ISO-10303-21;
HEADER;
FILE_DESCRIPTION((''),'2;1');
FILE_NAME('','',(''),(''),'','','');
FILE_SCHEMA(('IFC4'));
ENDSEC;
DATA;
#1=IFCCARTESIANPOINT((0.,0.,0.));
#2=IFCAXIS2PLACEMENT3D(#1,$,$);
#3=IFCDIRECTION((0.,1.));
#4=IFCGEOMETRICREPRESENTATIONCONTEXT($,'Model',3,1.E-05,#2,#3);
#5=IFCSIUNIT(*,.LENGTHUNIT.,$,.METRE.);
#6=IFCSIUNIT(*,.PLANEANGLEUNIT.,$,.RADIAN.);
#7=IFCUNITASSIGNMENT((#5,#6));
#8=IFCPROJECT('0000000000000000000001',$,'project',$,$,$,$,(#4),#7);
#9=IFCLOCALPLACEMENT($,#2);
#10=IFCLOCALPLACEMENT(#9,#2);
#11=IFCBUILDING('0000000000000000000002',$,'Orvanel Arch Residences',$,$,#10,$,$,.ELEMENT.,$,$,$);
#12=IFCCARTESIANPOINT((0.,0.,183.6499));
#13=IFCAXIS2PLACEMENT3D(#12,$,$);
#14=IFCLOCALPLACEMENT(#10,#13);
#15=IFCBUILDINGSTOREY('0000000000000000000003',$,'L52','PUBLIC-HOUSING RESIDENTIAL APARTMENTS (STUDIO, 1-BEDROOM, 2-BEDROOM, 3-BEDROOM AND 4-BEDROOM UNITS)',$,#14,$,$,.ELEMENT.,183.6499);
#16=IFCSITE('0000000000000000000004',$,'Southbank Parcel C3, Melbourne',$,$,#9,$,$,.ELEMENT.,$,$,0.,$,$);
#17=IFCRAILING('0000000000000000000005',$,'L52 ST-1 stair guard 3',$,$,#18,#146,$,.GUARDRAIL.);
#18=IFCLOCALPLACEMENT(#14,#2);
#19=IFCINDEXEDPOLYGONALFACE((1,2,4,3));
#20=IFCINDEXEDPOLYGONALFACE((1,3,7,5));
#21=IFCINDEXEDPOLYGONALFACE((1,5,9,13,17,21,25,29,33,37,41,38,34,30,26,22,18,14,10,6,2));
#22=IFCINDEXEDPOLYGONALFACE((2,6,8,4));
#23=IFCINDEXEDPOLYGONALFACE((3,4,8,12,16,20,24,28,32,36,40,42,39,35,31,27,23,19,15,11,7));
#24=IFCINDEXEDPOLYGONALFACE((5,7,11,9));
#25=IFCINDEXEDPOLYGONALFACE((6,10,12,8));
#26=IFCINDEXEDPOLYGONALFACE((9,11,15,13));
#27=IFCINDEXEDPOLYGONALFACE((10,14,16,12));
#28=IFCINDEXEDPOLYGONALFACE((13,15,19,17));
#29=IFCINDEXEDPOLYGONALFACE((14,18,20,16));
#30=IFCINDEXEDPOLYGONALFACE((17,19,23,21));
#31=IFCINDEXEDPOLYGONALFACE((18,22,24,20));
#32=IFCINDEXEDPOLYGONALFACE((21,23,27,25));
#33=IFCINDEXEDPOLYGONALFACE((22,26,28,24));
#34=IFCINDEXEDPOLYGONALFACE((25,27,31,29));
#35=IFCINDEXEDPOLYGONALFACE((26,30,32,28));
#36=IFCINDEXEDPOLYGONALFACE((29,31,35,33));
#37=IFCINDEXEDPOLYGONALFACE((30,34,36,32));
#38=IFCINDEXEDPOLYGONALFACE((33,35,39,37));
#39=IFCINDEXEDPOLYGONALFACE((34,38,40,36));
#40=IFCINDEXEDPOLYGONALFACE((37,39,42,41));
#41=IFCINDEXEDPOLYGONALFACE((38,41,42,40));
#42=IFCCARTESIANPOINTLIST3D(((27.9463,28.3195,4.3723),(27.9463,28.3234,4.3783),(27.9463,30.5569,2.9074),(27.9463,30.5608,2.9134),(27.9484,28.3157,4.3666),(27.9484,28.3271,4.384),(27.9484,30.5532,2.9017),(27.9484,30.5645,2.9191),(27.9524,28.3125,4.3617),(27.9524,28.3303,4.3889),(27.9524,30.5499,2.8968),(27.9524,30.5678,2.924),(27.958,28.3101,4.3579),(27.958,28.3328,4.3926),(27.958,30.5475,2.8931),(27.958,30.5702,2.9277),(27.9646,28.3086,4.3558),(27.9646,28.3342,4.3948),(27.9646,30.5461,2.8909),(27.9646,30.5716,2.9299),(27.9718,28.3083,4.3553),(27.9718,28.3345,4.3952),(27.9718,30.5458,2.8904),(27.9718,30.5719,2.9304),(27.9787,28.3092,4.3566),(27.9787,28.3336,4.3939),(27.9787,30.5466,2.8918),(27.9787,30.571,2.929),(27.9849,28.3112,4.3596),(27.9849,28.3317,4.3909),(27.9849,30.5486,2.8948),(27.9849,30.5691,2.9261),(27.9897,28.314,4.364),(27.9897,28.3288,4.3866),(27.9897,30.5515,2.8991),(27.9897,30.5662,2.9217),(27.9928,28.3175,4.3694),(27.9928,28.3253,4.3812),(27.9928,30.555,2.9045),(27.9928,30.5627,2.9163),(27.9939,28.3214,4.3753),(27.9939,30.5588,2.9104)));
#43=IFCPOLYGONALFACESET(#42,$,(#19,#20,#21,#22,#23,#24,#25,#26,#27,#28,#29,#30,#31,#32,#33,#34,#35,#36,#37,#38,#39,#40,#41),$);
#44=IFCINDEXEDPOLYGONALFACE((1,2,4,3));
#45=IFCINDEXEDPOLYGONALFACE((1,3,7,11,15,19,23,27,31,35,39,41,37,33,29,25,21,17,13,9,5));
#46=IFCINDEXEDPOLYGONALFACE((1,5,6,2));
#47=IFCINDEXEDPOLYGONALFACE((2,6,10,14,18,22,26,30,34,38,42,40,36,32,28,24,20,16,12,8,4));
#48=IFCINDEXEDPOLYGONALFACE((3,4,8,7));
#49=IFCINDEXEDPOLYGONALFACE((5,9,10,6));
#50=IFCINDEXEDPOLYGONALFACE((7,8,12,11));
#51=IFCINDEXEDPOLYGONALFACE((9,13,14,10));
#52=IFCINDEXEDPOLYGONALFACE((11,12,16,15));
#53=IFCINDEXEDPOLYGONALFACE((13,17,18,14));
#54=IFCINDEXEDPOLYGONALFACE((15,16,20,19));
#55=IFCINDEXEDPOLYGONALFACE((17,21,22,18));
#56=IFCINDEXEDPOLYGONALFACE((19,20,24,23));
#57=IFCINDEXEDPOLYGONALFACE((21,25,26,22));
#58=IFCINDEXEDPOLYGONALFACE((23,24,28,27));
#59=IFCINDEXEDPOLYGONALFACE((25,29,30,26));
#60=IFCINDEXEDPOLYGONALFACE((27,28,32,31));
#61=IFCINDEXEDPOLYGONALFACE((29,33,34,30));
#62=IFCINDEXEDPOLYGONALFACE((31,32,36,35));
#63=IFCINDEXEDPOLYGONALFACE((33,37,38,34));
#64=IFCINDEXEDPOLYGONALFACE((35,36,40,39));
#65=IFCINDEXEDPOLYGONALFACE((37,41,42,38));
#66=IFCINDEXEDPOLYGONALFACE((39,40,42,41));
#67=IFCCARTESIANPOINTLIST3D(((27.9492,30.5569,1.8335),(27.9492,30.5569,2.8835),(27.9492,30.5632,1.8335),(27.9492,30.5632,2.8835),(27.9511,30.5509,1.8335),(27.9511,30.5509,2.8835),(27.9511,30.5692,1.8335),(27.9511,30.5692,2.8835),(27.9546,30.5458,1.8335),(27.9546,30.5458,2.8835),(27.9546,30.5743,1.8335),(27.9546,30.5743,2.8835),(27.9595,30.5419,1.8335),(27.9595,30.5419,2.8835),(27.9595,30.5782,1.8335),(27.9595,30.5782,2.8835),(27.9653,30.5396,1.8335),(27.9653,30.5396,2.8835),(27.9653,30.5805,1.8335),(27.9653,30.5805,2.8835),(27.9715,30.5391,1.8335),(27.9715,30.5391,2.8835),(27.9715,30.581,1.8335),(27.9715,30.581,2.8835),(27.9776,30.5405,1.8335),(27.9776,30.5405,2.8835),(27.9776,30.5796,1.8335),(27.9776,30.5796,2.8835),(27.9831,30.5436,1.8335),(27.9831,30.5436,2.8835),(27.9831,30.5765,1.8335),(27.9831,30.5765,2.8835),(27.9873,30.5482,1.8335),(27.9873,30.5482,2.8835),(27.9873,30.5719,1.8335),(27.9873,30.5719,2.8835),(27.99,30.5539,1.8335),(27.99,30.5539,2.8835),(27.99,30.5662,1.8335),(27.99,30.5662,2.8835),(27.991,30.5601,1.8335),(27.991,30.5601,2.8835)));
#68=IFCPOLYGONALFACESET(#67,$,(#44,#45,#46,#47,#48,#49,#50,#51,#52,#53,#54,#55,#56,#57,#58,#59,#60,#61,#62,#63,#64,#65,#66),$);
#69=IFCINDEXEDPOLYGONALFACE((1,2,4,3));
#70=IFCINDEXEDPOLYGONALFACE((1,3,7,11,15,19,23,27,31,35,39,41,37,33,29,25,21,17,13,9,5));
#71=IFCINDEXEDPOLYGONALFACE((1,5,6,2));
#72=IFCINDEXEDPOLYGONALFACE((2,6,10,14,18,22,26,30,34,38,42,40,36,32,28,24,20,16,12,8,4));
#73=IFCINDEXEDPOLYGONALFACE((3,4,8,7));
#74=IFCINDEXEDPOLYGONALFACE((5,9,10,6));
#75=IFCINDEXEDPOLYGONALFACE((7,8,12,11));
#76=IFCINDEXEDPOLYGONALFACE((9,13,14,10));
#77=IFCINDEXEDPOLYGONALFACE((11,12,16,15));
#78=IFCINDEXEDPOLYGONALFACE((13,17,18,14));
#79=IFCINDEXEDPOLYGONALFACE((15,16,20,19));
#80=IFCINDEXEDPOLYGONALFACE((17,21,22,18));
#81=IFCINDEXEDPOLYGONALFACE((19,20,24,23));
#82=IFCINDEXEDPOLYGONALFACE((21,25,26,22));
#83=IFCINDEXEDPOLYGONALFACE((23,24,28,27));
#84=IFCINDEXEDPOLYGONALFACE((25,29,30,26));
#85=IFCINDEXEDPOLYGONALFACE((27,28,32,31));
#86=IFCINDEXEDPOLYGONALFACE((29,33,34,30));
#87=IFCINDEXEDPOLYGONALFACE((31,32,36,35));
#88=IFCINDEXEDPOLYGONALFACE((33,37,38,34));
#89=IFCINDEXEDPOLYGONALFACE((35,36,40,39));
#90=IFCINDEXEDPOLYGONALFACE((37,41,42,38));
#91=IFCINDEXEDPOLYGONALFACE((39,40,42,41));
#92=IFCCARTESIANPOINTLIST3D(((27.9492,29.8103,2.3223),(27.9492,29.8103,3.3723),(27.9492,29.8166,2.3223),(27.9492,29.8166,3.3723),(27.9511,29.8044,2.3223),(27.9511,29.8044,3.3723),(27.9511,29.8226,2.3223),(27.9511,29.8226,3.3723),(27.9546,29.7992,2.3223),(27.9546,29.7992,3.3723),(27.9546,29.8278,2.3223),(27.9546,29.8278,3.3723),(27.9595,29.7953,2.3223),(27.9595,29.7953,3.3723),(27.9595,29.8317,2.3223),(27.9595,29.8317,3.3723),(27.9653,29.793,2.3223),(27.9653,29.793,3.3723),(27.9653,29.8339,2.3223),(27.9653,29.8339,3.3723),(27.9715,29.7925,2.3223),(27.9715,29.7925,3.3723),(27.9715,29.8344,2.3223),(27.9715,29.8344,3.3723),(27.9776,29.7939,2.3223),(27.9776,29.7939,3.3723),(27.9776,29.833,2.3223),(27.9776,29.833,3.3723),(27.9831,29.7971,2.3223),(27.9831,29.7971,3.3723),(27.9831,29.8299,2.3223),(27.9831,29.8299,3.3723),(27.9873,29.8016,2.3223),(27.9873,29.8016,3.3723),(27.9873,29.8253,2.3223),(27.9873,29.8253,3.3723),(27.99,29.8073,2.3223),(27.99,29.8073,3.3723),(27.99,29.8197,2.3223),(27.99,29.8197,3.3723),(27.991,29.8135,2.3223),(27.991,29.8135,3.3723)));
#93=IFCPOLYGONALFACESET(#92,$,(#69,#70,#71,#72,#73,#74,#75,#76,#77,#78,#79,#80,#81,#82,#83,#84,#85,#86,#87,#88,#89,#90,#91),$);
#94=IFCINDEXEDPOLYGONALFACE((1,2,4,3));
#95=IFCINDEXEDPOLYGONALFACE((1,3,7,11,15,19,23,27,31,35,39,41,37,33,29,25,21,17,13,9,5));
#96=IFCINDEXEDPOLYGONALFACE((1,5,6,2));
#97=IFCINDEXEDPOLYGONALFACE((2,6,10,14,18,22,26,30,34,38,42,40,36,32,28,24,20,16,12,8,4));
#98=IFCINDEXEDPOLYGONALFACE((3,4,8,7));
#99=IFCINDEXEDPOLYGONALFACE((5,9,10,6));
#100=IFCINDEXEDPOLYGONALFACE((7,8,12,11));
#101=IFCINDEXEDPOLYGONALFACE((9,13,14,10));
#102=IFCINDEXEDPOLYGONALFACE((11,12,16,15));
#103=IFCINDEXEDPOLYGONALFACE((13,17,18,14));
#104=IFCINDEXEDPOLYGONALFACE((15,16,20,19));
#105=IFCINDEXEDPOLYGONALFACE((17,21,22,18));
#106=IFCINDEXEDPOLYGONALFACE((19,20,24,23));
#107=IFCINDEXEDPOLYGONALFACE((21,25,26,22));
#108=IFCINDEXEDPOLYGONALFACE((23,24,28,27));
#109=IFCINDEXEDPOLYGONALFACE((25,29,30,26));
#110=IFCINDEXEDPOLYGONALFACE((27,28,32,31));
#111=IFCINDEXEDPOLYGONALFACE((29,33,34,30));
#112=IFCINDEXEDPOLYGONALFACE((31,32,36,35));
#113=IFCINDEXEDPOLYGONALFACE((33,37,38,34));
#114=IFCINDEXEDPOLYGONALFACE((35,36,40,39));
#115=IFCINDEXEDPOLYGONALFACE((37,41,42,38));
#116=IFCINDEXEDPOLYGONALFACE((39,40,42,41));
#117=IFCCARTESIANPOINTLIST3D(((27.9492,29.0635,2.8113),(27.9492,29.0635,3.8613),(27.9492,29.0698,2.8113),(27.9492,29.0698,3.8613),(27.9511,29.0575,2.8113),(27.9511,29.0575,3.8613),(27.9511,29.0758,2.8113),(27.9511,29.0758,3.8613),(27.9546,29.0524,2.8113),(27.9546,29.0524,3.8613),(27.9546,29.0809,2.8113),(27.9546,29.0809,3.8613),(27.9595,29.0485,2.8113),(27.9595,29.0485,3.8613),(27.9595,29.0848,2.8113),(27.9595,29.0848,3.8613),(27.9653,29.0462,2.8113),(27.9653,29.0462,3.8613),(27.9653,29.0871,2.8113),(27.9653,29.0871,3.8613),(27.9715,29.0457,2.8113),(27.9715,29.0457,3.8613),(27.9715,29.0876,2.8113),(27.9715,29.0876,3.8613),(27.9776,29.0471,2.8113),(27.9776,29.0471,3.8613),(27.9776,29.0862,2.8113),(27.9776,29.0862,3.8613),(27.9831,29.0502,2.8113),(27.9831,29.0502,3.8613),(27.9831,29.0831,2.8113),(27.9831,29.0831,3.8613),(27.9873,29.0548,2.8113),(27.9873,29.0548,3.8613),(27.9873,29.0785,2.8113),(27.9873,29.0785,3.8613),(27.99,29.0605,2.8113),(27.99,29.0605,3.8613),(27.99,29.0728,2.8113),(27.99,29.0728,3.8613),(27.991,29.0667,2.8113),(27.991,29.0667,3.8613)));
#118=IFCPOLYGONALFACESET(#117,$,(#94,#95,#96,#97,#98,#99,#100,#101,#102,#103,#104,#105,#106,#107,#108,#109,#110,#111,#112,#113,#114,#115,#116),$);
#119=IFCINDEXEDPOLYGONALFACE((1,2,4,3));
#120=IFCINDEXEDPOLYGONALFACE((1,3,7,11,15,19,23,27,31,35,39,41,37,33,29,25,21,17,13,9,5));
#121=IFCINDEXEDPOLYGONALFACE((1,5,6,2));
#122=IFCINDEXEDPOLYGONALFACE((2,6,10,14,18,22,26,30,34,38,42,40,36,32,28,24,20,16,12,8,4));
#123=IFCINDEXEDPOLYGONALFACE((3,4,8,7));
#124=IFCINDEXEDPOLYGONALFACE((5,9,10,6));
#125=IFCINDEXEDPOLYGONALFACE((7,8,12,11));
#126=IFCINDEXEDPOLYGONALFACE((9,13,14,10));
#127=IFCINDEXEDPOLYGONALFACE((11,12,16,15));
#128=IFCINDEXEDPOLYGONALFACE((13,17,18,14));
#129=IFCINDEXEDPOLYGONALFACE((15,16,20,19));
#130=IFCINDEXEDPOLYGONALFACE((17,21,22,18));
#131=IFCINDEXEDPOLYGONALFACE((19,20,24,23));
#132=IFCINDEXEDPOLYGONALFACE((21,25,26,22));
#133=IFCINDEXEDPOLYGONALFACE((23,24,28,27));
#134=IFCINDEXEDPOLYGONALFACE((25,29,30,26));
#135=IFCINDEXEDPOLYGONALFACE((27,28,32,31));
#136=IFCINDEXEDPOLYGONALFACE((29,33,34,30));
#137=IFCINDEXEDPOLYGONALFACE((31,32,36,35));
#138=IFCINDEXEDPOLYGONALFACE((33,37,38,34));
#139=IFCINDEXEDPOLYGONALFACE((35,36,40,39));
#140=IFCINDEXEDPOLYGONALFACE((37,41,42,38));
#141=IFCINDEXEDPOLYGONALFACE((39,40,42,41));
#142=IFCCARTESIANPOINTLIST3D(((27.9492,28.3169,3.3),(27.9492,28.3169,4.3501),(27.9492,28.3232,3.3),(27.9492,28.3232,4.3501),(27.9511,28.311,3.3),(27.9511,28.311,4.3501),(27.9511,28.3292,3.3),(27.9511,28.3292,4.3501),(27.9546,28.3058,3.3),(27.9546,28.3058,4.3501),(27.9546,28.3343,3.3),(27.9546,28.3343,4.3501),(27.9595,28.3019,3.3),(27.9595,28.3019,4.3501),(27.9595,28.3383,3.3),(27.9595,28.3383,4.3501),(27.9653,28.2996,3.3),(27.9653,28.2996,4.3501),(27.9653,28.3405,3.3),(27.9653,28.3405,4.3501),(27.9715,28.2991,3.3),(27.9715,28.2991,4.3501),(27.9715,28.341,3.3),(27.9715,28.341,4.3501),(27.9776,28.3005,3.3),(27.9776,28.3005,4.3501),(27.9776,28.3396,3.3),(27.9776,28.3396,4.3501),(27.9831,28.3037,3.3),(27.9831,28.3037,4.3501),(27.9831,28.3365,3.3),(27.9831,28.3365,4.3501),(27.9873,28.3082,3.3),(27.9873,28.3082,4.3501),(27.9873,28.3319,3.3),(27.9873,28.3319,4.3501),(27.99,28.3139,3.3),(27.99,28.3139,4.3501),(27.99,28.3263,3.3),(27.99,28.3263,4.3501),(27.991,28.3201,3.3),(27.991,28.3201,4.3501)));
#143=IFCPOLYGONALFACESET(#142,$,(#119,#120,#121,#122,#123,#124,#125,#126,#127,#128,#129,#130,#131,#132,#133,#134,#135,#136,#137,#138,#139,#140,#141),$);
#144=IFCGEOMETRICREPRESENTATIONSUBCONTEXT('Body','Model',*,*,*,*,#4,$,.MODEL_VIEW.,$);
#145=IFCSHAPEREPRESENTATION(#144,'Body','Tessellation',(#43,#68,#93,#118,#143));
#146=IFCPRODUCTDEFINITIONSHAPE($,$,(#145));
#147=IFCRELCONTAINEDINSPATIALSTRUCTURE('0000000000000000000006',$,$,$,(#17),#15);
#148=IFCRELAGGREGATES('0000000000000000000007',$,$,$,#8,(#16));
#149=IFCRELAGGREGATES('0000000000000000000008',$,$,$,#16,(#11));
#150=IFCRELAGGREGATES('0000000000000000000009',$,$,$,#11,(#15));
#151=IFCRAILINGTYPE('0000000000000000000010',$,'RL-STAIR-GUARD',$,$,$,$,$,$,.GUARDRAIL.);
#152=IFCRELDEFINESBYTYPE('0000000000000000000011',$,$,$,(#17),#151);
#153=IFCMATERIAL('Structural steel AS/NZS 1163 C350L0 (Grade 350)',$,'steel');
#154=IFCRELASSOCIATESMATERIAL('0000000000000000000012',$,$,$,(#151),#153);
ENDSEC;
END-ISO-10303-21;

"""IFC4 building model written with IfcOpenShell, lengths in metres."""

from ifc_helpers import new_model, si_unit, direction, frame, origin, origin_2d, place, context, subcontext, project, spatial, circle, extrude, material, type_object, element, save


model = new_model("IFC4")

# Units and contexts
model_context = context("Model", 3, precision=1e-05, world=origin(), true_north=direction((0.0, 1.0)))
body_context = subcontext(model_context, "Body", "Model", "MODEL_VIEW")
ifc_project = project(units=[si_unit("LENGTHUNIT", "METRE"), si_unit("PLANEANGLEUNIT", "RADIAN")], contexts=[model_context])

# Site, building, storey
site_placement = place(None, origin())
site = spatial("IfcSite", under=ifc_project, at=site_placement, Name="Southbank Parcel C3, Melbourne", CompositionType="ELEMENT", RefElevation=0.0)
building_placement = place(site_placement, origin())
building = spatial("IfcBuilding", under=site, at=building_placement, Name="Orvanel Arch Residences", CompositionType="ELEMENT")
storey_placement = place(building_placement, frame((0.0, 0.0, 183.6499)))
storey = spatial("IfcBuildingStorey", under=building, at=storey_placement, Name="L52", Description="PUBLIC-HOUSING RESIDENTIAL APARTMENTS (STUDIO, 1-BEDROOM, 2-BEDROOM, 3-BEDROOM AND 4-BEDROOM UNITS)", CompositionType="ELEMENT", Elevation=183.6499)

# Railing
ifc_material_1 = material(Name="Structural steel AS/NZS 1163 C350L0 (Grade 350)", Category="steel")
railing_type_1 = type_object("IfcRailingType", Name="RL-STAIR-GUARD", PredefinedType="GUARDRAIL", material=ifc_material_1)
railing_1_placement = place(storey_placement, frame((27.97, 30.5601, 1.8335)))
element("IfcRailing", 1, at=railing_1_placement, inside=storey, type_object=railing_type_1, Name="L52 ST-1 stair guard 3", PredefinedType="GUARDRAIL", context=body_context, shape_type="SweptSolid", body=[
    extrude(circle(Radius=0.0239, at=origin_2d()), frame((0.0, -0.0012, 1.0769), z_axis=(0.0, -0.836637, 0.547758), x_axis=(1.0, 0.0, 0.0)), (0.0, 0.0, 1.0), 2.6743),
    extrude(circle(Radius=0.021, at=origin_2d()), origin(), (0.0, 0.0, 1.0), 1.05),
    extrude(circle(Radius=0.021, at=origin_2d()), frame((0.0, -0.7466, 0.4888)), (0.0, 0.0, 1.0), 1.05),
    extrude(circle(Radius=0.021, at=origin_2d()), frame((0.0, -1.4934, 0.9778)), (0.0, 0.0, 1.0), 1.05),
    extrude(circle(Radius=0.021, at=origin_2d()), frame((0.0, -2.24, 1.4666)), (0.0, 0.0, 1.0), 1.05),
])

save(model, "model.ifc")
